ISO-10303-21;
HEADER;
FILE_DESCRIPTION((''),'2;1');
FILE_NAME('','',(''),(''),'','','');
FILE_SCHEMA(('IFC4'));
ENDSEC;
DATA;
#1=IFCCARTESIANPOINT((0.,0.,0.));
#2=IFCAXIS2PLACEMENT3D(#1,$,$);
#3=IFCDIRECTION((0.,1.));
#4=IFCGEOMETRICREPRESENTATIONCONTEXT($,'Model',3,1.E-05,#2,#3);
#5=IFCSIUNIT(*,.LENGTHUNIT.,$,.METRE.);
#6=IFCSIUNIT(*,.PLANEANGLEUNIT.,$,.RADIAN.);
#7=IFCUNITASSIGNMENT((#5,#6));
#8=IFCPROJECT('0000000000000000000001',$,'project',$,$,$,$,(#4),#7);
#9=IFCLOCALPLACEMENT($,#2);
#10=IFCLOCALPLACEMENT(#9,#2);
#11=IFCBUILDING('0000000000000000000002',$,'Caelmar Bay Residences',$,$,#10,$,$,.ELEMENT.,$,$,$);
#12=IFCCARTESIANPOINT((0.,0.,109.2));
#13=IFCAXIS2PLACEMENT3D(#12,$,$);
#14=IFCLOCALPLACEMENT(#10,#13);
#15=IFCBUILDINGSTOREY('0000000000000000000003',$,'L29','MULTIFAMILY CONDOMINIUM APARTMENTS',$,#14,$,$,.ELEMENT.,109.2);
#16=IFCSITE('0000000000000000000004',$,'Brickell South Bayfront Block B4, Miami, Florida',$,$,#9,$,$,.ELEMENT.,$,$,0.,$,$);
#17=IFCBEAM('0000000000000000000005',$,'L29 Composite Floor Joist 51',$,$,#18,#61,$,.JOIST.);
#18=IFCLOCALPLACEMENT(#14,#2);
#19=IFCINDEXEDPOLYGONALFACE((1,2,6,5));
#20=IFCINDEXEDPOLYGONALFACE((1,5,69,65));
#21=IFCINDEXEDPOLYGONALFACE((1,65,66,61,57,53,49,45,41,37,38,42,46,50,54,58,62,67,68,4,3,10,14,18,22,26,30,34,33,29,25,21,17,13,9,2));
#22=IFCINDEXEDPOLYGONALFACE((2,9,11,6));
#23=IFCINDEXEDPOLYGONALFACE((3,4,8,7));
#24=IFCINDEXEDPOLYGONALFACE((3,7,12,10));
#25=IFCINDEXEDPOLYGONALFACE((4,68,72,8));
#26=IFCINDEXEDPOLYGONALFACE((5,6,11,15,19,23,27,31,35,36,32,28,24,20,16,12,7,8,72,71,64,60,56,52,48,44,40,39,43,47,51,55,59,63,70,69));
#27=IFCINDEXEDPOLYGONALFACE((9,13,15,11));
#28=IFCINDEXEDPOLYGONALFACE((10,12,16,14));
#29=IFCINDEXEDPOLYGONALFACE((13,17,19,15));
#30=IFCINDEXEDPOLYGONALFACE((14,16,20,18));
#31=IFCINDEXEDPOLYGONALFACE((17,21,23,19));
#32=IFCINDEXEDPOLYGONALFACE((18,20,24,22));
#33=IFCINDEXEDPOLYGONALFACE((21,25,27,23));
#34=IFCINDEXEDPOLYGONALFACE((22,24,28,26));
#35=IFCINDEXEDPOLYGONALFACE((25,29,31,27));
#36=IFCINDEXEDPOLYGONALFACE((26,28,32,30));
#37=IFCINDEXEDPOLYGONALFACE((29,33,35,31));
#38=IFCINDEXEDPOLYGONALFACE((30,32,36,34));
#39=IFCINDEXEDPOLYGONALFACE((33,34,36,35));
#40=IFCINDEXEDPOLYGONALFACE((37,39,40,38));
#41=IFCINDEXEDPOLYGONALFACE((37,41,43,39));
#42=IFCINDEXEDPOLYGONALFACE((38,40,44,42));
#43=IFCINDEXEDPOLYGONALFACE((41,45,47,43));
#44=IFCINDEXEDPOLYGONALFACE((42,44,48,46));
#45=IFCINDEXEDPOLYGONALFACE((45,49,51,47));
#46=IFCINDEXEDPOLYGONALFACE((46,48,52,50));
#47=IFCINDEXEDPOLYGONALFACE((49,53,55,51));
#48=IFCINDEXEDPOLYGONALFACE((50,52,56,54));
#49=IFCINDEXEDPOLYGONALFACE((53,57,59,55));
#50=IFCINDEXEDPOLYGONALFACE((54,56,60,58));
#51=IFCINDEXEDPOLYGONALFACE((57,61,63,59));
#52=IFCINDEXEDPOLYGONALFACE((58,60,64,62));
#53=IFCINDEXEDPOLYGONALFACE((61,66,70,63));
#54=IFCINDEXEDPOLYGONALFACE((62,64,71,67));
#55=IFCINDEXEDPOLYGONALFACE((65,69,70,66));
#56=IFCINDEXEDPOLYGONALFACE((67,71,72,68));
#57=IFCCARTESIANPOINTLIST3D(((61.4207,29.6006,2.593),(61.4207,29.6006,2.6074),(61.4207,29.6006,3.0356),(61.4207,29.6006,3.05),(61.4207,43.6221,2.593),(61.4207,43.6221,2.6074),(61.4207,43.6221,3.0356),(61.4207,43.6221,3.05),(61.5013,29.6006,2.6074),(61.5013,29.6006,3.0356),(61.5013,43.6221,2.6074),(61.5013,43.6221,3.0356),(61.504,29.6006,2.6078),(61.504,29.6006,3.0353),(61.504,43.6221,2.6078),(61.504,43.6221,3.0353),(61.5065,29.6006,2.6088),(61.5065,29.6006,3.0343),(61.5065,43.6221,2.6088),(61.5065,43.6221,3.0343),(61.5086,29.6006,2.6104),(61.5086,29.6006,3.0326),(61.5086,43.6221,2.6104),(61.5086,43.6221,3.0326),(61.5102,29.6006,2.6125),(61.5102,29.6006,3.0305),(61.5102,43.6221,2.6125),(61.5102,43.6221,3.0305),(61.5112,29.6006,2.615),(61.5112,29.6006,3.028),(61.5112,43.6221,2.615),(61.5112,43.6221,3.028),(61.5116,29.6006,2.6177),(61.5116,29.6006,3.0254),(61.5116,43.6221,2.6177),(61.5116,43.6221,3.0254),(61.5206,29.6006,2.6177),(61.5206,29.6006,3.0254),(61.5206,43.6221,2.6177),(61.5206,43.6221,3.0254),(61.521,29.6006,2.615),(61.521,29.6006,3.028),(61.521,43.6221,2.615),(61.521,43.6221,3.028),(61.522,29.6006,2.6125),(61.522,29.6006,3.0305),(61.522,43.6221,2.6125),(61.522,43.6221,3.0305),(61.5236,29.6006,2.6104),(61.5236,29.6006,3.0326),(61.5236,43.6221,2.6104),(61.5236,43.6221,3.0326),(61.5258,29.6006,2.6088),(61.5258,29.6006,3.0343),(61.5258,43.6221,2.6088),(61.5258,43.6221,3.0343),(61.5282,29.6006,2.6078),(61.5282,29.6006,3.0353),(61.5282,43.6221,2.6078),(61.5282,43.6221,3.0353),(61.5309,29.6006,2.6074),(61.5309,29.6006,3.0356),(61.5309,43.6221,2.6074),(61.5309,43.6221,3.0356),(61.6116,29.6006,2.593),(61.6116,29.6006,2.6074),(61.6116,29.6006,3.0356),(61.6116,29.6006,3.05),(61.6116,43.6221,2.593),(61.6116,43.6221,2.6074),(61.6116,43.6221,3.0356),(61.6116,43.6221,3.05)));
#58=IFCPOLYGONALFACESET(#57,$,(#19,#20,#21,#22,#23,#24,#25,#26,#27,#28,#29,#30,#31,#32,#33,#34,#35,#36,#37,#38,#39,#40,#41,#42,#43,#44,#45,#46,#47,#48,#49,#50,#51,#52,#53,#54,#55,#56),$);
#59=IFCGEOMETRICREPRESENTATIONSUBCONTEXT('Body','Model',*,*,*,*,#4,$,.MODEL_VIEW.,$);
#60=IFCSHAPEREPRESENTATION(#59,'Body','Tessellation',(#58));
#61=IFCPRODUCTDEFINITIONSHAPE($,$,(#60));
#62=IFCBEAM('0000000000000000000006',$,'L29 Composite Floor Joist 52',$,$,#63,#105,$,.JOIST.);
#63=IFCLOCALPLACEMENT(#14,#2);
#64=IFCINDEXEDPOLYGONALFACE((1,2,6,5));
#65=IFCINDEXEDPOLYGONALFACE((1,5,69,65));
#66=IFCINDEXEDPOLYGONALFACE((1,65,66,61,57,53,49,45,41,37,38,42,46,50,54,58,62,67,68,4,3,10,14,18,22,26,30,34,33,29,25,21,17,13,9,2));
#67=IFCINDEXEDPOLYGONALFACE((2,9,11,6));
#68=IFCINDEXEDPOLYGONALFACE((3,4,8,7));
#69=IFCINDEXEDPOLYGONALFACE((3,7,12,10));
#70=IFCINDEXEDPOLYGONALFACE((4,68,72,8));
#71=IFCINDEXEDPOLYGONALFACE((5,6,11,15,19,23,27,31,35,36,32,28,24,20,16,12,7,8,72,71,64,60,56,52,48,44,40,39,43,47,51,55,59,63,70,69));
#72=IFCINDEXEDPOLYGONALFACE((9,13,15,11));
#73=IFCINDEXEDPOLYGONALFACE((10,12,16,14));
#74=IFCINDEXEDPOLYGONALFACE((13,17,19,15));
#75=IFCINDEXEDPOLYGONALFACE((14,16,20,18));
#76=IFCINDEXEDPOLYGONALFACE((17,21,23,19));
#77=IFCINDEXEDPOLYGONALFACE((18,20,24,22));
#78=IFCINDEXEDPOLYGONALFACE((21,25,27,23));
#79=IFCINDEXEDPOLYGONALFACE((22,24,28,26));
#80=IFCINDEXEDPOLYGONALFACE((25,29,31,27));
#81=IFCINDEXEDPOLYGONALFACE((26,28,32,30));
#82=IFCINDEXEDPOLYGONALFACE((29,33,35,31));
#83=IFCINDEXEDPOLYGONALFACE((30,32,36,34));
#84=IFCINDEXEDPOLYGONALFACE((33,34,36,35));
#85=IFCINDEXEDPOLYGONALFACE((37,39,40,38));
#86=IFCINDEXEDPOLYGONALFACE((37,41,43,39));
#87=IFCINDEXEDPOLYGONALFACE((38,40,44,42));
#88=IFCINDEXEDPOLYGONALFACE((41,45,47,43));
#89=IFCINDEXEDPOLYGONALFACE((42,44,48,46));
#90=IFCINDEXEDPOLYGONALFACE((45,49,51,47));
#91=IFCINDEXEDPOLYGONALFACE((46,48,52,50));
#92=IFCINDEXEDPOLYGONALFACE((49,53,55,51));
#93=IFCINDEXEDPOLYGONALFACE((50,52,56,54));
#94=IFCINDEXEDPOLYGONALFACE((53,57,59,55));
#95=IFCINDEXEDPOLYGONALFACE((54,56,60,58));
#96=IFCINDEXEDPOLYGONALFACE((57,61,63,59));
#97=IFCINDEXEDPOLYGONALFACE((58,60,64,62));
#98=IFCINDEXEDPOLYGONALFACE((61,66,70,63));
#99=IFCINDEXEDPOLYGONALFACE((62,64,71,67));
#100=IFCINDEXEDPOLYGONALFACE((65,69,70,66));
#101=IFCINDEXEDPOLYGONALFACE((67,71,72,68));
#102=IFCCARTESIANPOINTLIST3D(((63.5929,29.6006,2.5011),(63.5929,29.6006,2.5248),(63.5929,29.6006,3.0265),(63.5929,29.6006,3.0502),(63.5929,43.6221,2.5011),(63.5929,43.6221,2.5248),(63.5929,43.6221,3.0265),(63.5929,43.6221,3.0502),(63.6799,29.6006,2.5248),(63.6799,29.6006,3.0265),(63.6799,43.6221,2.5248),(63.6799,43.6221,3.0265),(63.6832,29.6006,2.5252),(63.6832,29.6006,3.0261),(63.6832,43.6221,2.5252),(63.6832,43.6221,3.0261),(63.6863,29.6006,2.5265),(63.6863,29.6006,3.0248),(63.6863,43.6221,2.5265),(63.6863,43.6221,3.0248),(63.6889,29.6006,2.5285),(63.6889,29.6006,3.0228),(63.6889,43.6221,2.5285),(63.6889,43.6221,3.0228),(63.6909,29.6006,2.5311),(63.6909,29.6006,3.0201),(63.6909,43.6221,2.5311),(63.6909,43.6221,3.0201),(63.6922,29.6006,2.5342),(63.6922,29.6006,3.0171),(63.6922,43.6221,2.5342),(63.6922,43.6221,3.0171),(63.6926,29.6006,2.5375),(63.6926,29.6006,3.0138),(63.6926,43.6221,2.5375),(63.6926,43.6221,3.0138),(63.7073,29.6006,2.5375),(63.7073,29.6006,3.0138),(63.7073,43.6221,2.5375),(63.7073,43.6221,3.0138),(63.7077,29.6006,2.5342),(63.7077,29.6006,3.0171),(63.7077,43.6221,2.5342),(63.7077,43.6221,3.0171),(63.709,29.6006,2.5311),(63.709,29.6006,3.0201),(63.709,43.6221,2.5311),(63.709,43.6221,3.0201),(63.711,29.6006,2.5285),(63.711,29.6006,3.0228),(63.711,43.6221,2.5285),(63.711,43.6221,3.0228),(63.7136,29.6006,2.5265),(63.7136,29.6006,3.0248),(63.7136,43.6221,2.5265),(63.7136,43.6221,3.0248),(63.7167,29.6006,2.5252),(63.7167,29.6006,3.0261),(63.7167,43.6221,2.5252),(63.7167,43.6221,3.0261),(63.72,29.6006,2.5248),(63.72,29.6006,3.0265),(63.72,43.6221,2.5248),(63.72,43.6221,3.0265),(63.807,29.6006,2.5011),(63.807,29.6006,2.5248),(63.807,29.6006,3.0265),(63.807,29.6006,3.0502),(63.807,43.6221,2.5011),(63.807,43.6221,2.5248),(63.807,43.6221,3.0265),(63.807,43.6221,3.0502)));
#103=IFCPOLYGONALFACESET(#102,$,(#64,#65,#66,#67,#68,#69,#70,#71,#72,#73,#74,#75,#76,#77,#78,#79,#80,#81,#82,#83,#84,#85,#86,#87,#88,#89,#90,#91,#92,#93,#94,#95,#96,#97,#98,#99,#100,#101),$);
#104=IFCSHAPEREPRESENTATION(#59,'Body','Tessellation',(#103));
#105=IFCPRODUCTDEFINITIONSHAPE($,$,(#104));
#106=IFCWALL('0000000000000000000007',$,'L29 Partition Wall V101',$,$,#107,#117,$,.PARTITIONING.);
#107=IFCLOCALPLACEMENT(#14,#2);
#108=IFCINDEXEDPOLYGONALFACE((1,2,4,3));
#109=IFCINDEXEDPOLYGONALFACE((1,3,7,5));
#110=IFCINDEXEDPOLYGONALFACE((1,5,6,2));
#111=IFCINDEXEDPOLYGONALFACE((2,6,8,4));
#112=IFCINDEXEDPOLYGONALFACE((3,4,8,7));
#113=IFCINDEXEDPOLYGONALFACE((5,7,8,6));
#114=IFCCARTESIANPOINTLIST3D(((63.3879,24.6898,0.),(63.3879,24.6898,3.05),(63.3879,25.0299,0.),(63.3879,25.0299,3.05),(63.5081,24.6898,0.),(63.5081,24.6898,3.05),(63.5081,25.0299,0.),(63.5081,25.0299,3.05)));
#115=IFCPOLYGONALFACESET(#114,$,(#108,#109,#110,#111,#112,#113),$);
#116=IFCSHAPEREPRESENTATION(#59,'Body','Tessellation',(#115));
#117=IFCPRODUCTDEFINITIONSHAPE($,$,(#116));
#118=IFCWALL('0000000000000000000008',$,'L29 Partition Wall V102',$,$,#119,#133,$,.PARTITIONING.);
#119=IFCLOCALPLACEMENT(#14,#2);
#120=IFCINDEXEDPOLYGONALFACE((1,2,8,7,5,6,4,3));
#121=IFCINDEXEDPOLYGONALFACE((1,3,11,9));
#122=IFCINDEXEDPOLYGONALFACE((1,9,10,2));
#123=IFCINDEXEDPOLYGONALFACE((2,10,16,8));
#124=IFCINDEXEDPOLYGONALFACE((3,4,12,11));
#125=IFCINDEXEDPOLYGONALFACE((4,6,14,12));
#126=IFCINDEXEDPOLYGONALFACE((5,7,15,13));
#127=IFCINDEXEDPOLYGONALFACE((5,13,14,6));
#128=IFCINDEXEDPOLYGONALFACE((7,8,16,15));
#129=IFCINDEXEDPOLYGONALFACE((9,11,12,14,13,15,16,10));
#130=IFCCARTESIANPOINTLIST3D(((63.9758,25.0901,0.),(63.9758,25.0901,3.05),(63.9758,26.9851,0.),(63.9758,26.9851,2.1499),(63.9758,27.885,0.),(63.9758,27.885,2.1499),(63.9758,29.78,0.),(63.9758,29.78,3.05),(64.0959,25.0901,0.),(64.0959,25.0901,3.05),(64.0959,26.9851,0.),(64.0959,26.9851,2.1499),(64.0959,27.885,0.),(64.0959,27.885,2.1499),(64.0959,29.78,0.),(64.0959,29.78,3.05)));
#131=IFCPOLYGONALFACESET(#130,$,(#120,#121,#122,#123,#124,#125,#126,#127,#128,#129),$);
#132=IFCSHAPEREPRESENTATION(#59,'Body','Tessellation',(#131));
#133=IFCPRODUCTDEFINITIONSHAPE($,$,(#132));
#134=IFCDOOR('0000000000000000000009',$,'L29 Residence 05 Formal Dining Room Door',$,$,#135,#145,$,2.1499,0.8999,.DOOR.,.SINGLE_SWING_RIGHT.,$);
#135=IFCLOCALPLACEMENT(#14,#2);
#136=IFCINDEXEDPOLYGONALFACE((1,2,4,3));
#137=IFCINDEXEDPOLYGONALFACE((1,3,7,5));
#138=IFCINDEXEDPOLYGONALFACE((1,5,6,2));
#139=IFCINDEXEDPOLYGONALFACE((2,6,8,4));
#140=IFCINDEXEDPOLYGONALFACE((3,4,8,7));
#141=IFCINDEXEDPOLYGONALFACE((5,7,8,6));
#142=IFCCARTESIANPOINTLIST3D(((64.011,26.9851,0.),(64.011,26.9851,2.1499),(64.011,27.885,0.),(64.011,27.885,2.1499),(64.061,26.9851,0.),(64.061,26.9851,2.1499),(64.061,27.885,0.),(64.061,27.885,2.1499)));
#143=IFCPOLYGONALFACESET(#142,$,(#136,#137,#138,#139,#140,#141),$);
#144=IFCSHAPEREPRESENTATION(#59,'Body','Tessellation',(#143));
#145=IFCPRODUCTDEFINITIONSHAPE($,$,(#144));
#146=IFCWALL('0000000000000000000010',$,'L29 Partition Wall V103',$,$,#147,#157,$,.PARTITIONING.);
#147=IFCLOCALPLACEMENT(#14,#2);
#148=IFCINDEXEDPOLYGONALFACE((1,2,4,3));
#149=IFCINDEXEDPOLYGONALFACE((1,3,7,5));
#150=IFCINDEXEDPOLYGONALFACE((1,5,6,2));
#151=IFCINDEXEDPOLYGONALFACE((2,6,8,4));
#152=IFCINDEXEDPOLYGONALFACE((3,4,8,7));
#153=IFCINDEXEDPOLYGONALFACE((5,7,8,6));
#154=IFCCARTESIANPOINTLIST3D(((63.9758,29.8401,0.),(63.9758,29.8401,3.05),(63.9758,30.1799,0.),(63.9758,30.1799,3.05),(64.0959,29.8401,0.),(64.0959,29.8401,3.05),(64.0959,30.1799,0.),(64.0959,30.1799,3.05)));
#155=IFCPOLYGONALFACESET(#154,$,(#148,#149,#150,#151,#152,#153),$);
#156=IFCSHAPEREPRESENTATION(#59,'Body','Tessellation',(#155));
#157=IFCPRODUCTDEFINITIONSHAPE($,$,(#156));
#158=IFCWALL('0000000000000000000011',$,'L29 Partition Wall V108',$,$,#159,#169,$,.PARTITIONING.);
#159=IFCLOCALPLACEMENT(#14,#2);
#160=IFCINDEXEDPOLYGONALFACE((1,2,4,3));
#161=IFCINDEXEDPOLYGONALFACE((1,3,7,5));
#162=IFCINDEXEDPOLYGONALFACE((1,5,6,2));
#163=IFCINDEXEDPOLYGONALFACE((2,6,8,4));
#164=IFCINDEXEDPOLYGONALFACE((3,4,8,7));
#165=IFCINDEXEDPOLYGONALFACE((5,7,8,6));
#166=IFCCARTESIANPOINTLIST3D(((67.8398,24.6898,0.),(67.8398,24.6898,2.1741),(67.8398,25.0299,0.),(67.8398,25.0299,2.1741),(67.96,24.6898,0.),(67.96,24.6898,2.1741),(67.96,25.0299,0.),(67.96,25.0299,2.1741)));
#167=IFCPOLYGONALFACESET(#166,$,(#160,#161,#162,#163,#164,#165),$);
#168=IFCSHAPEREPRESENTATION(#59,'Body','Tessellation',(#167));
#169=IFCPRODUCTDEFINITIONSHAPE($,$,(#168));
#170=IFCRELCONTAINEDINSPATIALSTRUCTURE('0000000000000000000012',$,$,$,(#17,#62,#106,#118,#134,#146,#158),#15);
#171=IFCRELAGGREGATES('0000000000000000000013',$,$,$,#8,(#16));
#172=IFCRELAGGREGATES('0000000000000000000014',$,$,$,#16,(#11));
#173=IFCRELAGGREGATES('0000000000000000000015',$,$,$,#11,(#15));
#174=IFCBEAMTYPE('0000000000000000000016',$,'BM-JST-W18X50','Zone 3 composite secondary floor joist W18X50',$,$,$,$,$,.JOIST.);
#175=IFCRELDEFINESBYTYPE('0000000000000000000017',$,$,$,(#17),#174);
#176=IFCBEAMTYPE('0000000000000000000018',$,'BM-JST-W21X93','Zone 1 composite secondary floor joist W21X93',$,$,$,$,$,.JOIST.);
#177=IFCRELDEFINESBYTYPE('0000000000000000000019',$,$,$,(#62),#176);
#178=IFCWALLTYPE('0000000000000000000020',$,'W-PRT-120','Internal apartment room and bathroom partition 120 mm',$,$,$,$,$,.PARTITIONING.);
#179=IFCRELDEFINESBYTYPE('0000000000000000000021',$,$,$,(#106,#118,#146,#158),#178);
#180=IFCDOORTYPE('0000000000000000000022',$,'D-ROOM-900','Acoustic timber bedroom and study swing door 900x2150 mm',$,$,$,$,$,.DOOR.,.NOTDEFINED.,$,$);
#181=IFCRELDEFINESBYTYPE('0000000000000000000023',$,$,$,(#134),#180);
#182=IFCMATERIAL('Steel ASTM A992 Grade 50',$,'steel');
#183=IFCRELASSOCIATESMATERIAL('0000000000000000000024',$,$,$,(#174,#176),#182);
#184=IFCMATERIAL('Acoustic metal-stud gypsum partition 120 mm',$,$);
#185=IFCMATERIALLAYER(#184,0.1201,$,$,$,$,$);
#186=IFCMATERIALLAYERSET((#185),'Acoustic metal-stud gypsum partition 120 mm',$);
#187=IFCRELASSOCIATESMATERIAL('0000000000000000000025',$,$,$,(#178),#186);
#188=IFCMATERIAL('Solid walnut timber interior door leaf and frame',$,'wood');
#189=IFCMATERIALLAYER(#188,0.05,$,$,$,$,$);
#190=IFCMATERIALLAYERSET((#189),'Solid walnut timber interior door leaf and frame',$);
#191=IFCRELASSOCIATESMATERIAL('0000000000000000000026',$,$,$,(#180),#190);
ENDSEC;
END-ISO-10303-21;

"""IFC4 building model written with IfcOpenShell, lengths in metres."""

from ifc_helpers import new_model, si_unit, direction, frame, frame_2d, origin, origin_2d, place, context, subcontext, project, spatial, rectangle, i_section, extrude, material, layer, layer_set, material_profile, profile_set, type_object, element, fill, save


model = new_model("IFC4")

# Units and contexts
model_context = context("Model", 3, precision=1e-05, world=origin(), true_north=direction((0.0, 1.0)))
body_context = subcontext(model_context, "Body", "Model", "MODEL_VIEW")
ifc_project = project(units=[si_unit("LENGTHUNIT", "METRE"), si_unit("PLANEANGLEUNIT", "RADIAN")], contexts=[model_context])

# Site, building, storey
site_placement = place(None, origin())
site = spatial("IfcSite", under=ifc_project, at=site_placement, Name="Brickell South Bayfront Block B4, Miami, Florida", CompositionType="ELEMENT", RefElevation=0.0)
building_placement = place(site_placement, origin())
building = spatial("IfcBuilding", under=site, at=building_placement, Name="Caelmar Bay Residences", CompositionType="ELEMENT")
storey_placement = place(building_placement, frame((0.0, 0.0, 109.2)))
storey = spatial("IfcBuildingStorey", under=building, at=storey_placement, Name="L29", Description="MULTIFAMILY CONDOMINIUM APARTMENTS", CompositionType="ELEMENT", Elevation=109.2)

# Beams
ifc_material_1 = material(Name="Steel ASTM A992 Grade 50", Category="steel")
ifc_material_profile_1 = material_profile(ifc_material_1, i_section(OverallWidth=0.1909, OverallDepth=0.457, WebThickness=0.009, FlangeThickness=0.0144, FilletRadius=0.0103, at=origin_2d()), Name="W18X50")
ifc_profile_set_1 = profile_set([ifc_material_profile_1], Name="Steel ASTM A992 Grade 50")
beam_type_1 = type_object("IfcBeamType", Name="BM-JST-W18X50", Description="Zone 3 composite secondary floor joist W18X50", PredefinedType="JOIST", material=ifc_profile_set_1)
beam_1_placement = place(storey_placement, frame((61.5161, 29.6006, 2.8215), z_axis=(0.0, 1.0, 0.0), x_axis=(-1.0, 0.0, 0.0)))
element("IfcBeam", 1, at=beam_1_placement, inside=storey, type_object=beam_type_1, Name="L29 Composite Floor Joist 51", PredefinedType="JOIST", context=body_context, shape_type="SweptSolid", body=[
    extrude(i_section(OverallWidth=0.1909, OverallDepth=0.457, WebThickness=0.009, FlangeThickness=0.0144, FilletRadius=0.0103, at=origin_2d()), origin(), (0.0, 0.0, 1.0), 14.0215),
])
ifc_material_profile_2 = material_profile(ifc_material_1, i_section(OverallWidth=0.2141, OverallDepth=0.5491, WebThickness=0.0146, FlangeThickness=0.0237, FilletRadius=0.0127, at=origin_2d()), Name="W21X93")
ifc_profile_set_2 = profile_set([ifc_material_profile_2], Name="Steel ASTM A992 Grade 50")
beam_type_2 = type_object("IfcBeamType", Name="BM-JST-W21X93", Description="Zone 1 composite secondary floor joist W21X93", PredefinedType="JOIST", material=ifc_profile_set_2)
beam_2_placement = place(storey_placement, frame((63.7, 29.6006, 2.7756), z_axis=(0.0, 1.0, 0.0), x_axis=(-1.0, 0.0, 0.0)))
element("IfcBeam", 2, at=beam_2_placement, inside=storey, type_object=beam_type_2, Name="L29 Composite Floor Joist 52", PredefinedType="JOIST", context=body_context, shape_type="SweptSolid", body=[
    extrude(i_section(OverallWidth=0.2141, OverallDepth=0.5491, WebThickness=0.0146, FlangeThickness=0.0237, FilletRadius=0.0127, at=origin_2d()), origin(), (0.0, 0.0, 1.0), 14.0215),
])

# Wall
ifc_material_2 = material(Name="Acoustic metal-stud gypsum partition 120 mm")
ifc_layer_1 = layer(ifc_material_2, 0.1201)
ifc_layer_set_1 = layer_set([ifc_layer_1], Name="Acoustic metal-stud gypsum partition 120 mm")
wall_type = type_object("IfcWallType", Name="W-PRT-120", Description="Internal apartment room and bathroom partition 120 mm", PredefinedType="PARTITIONING", material=ifc_layer_set_1)
wall_1_placement = place(storey_placement, frame((63.448, 24.6899, 0.0), z_axis=(0.0, 0.0, 1.0), x_axis=(0.0, 1.0, 0.0)))
element("IfcWall", 3, at=wall_1_placement, inside=storey, type_object=wall_type, Name="L29 Partition Wall V101", PredefinedType="PARTITIONING", context=body_context, shape_type="SweptSolid", body=[
    extrude(rectangle(XDim=0.3401, YDim=0.1201, at=frame_2d((0.1699, 0.0))), origin(), (0.0, 0.0, 1.0), 3.05),
])

# Wall, opening, door
wall_2_placement = place(storey_placement, frame((64.0359, 25.0901, 0.0), z_axis=(0.0, 0.0, 1.0), x_axis=(0.0, 1.0, 0.0)))
wall_2 = element("IfcWall", 4, at=wall_2_placement, inside=storey, type_object=wall_type, Name="L29 Partition Wall V102", PredefinedType="PARTITIONING", context=body_context, shape_type="SweptSolid", body=[
    extrude(rectangle(XDim=4.6899, YDim=0.1201, at=frame_2d((2.345, 0.0))), origin(), (0.0, 0.0, 1.0), 3.05),
])
opening_1_placement = place(wall_2_placement, frame((1.895, 0.0, 0.0)))
opening_1 = element("IfcOpeningElement", 5, at=opening_1_placement, cuts=wall_2, PredefinedType="OPENING", context=body_context, shape_type="SweptSolid", body=[
    extrude(rectangle(XDim=0.8999, YDim=2.1499, at=frame_2d((0.45, 1.075))), frame((0.0, 0.0701, 0.0), z_axis=(0.0, -1.0, 0.0), x_axis=(1.0, 0.0, 0.0)), (0.0, 0.0, 1.0), 0.1401),
])
ifc_material_3 = material(Name="Solid walnut timber interior door leaf and frame", Category="wood")
ifc_layer_2 = layer(ifc_material_3, 0.05)
ifc_layer_set_2 = layer_set([ifc_layer_2], Name="Solid walnut timber interior door leaf and frame")
door_type = type_object("IfcDoorType", Name="D-ROOM-900", Description="Acoustic timber bedroom and study swing door 900x2150 mm", OperationType="NOTDEFINED", PredefinedType="DOOR", material=ifc_layer_set_2)
door_1_placement = place(opening_1_placement, origin())
door_1 = element("IfcDoor", 6, at=door_1_placement, inside=storey, type_object=door_type, Name="L29 Residence 05 Formal Dining Room Door", OperationType="SINGLE_SWING_RIGHT", OverallHeight=2.1499, OverallWidth=0.8999, PredefinedType="DOOR", context=body_context, shape_type="SweptSolid", body=[
    extrude(rectangle(XDim=0.8999, YDim=2.1499, at=frame_2d((0.45, 1.075))), frame((0.0, 0.0249, 0.0), z_axis=(0.0, -1.0, 0.0), x_axis=(1.0, 0.0, 0.0)), (0.0, 0.0, 1.0), 0.05),
])
fill(opening_1, door_1)

# Walls
wall_3_placement = place(storey_placement, frame((64.0359, 29.8401, 0.0), z_axis=(0.0, 0.0, 1.0), x_axis=(0.0, 1.0, 0.0)))
element("IfcWall", 7, at=wall_3_placement, inside=storey, type_object=wall_type, Name="L29 Partition Wall V103", PredefinedType="PARTITIONING", context=body_context, shape_type="SweptSolid", body=[
    extrude(rectangle(XDim=0.3398, YDim=0.1201, at=frame_2d((0.1699, 0.0))), origin(), (0.0, 0.0, 1.0), 3.05),
])
wall_4_placement = place(storey_placement, frame((67.8999, 24.6899, 0.0), z_axis=(0.0, 0.0, 1.0), x_axis=(0.0, 1.0, 0.0)))
element("IfcWall", 8, at=wall_4_placement, inside=storey, type_object=wall_type, Name="L29 Partition Wall V108", PredefinedType="PARTITIONING", context=body_context, shape_type="SweptSolid", body=[
    extrude(rectangle(XDim=0.3401, YDim=0.1201, at=frame_2d((0.1699, 0.0))), origin(), (0.0, 0.0, 1.0), 2.1741),
])

save(model, "model.ifc")
